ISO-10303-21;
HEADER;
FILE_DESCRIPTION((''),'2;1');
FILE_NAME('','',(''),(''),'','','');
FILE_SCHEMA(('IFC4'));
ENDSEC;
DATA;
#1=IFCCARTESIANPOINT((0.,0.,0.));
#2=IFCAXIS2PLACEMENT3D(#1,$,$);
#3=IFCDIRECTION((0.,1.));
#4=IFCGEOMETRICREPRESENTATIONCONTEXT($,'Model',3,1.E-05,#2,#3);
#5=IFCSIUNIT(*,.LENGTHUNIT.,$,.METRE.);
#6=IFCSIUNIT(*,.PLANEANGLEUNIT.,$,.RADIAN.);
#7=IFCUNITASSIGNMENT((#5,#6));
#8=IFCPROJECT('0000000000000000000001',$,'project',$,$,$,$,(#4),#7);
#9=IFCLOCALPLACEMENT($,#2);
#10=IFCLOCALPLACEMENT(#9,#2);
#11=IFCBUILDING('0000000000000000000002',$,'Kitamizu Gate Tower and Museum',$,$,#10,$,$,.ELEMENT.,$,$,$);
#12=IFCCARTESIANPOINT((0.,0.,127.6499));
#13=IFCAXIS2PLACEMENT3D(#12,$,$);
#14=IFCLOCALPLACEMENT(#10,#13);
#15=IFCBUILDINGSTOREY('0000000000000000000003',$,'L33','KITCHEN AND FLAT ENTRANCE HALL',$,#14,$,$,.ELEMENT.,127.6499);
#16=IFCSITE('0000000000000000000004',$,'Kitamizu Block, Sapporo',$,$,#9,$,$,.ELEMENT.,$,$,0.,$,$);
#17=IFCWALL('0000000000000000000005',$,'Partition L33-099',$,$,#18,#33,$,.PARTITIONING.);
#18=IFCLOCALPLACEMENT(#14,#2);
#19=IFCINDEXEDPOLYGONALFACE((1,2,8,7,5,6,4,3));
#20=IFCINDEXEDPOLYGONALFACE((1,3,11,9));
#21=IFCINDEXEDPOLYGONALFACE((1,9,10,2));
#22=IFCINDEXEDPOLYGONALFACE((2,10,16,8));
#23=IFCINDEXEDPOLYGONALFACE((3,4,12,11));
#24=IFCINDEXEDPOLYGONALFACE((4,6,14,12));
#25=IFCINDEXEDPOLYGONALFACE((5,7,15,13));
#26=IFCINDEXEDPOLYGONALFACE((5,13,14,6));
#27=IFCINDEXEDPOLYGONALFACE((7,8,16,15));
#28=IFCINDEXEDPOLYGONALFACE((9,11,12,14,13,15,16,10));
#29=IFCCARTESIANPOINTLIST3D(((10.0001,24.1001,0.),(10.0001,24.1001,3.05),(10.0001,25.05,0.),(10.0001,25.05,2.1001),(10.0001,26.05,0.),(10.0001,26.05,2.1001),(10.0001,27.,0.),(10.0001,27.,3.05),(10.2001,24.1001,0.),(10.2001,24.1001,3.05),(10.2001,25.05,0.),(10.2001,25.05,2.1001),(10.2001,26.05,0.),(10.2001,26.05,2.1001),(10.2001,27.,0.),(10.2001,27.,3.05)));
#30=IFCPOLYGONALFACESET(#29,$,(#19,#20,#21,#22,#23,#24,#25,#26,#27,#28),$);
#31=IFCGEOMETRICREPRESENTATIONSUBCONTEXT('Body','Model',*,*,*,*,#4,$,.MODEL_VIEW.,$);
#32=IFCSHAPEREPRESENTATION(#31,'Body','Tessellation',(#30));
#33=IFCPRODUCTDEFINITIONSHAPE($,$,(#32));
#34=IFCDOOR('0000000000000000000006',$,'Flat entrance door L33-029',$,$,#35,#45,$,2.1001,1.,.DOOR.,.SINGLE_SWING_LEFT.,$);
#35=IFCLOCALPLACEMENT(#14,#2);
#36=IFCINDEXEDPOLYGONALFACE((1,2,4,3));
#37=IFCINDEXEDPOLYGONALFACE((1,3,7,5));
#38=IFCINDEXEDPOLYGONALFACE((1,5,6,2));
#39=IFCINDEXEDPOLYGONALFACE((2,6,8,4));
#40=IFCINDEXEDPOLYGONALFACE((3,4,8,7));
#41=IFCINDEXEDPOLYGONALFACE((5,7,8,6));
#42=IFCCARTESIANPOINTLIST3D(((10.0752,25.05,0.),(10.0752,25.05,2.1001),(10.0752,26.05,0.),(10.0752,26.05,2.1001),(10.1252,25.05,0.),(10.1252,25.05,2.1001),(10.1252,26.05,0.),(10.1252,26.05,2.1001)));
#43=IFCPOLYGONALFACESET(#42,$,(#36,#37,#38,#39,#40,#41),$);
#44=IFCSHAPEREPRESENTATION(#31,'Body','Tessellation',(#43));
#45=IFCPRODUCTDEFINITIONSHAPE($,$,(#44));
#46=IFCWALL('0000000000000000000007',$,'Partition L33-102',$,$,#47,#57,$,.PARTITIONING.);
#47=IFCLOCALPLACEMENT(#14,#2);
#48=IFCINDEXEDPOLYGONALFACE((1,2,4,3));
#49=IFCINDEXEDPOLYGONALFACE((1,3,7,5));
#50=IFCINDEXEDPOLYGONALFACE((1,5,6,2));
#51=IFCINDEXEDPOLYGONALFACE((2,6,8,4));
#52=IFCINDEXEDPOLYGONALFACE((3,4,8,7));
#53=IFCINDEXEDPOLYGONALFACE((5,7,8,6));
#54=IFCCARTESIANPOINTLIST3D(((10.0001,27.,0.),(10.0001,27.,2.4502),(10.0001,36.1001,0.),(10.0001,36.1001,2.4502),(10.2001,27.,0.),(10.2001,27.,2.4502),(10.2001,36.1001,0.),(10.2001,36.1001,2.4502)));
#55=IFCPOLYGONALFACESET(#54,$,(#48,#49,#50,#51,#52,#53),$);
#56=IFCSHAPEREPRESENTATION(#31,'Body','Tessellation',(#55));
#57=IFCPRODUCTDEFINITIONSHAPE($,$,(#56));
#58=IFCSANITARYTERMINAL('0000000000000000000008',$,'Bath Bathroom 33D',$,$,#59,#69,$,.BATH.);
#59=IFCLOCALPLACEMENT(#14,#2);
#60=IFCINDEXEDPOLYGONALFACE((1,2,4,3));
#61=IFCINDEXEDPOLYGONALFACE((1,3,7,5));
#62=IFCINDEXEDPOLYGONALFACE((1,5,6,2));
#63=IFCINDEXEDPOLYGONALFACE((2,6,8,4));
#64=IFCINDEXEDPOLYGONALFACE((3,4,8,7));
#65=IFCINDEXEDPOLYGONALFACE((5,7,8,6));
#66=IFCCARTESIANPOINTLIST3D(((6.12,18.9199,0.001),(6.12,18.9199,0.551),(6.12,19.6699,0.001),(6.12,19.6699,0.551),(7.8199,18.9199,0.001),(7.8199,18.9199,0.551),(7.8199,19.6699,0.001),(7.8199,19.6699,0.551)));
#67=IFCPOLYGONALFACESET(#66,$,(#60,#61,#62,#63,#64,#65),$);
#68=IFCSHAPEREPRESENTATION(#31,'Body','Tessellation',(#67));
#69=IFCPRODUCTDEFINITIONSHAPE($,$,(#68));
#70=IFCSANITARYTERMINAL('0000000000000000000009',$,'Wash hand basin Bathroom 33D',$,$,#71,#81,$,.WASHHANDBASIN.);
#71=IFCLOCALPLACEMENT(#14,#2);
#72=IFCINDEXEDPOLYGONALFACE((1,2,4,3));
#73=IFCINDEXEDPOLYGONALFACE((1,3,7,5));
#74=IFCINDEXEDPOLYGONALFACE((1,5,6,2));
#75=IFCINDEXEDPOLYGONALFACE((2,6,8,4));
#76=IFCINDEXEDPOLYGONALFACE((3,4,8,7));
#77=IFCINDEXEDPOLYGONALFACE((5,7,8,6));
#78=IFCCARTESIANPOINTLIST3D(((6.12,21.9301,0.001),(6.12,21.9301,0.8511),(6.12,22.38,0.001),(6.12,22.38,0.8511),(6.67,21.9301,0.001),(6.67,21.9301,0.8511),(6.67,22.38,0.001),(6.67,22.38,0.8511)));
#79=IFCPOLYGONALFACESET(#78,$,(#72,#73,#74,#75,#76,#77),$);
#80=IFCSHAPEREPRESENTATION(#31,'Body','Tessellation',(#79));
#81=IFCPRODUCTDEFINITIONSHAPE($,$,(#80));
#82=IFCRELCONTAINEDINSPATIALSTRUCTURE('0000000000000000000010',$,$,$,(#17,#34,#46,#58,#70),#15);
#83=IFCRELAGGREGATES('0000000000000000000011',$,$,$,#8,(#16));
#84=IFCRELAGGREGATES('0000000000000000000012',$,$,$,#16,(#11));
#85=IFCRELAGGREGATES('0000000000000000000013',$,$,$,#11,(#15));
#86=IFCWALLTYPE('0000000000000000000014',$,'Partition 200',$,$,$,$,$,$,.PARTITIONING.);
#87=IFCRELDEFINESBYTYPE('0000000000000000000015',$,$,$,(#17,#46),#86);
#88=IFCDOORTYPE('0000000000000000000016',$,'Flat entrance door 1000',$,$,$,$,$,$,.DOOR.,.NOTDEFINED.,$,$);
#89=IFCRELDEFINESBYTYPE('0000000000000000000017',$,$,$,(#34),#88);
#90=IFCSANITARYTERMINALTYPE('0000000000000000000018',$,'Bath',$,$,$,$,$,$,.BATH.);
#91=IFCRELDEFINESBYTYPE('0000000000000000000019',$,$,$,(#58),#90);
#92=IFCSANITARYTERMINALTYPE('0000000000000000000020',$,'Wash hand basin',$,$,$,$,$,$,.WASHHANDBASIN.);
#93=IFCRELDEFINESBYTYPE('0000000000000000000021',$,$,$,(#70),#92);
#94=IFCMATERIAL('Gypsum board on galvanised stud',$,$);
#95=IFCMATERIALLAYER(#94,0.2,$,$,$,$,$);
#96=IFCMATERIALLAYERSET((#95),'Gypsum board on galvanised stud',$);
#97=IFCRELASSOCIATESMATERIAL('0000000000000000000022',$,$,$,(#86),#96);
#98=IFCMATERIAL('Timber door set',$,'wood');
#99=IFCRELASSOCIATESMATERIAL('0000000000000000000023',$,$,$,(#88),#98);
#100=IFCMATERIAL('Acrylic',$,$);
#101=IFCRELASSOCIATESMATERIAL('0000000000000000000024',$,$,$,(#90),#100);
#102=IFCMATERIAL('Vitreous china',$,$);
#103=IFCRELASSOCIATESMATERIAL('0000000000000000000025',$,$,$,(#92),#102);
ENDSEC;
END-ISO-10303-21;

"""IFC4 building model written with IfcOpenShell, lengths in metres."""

from ifc_helpers import new_model, si_unit, direction, frame, frame_2d, origin, origin_2d, place, context, subcontext, project, spatial, rectangle, extrude, material, layer, layer_set, type_object, element, fill, save


model = new_model("IFC4")

# Units and contexts
model_context = context("Model", 3, precision=1e-05, world=origin(), true_north=direction((0.0, 1.0)))
body_context = subcontext(model_context, "Body", "Model", "MODEL_VIEW")
ifc_project = project(units=[si_unit("LENGTHUNIT", "METRE"), si_unit("PLANEANGLEUNIT", "RADIAN")], contexts=[model_context])

# Site, building, storey
site_placement = place(None, origin())
site = spatial("IfcSite", under=ifc_project, at=site_placement, Name="Kitamizu Block, Sapporo", CompositionType="ELEMENT", RefElevation=0.0)
building_placement = place(site_placement, origin())
building = spatial("IfcBuilding", under=site, at=building_placement, Name="Kitamizu Gate Tower and Museum", CompositionType="ELEMENT")
storey_placement = place(building_placement, frame((0.0, 0.0, 127.6499)))
storey = spatial("IfcBuildingStorey", under=building, at=storey_placement, Name="L33", Description="KITCHEN AND FLAT ENTRANCE HALL", CompositionType="ELEMENT", Elevation=127.6499)

# Shared definitions
ifc_material_1 = material(Name="Gypsum board on galvanised stud")
ifc_layer_1 = layer(ifc_material_1, 0.2)
ifc_layer_set_1 = layer_set([ifc_layer_1], Name="Gypsum board on galvanised stud")
wall_type_1 = type_object("IfcWallType", Name="Partition 200", PredefinedType="PARTITIONING", material=ifc_layer_set_1)

# Wall, opening, door
wall_1_placement = place(storey_placement, frame((10.1001, 24.1001, 0.0), z_axis=(0.0, 0.0, 1.0), x_axis=(0.0, 1.0, 0.0)))
wall_1 = element("IfcWall", 1, at=wall_1_placement, inside=storey, type_object=wall_type_1, Name="Partition L33-099", PredefinedType="PARTITIONING", context=body_context, shape_type="SweptSolid", body=[
    extrude(rectangle(XDim=2.8999, YDim=0.2, at=frame_2d((1.45, 0.0))), origin(), (0.0, 0.0, 1.0), 3.05),
])
opening_1_placement = place(wall_1_placement, frame((0.95, 0.0, 0.0)))
opening_1 = element("IfcOpeningElement", 2, at=opening_1_placement, cuts=wall_1, PredefinedType="OPENING", context=body_context, shape_type="SweptSolid", body=[
    extrude(rectangle(XDim=1.0, YDim=2.1001, at=frame_2d((0.5, 1.05))), frame((0.0, 0.1099, 0.0), z_axis=(0.0, -1.0, 0.0), x_axis=(1.0, 0.0, 0.0)), (0.0, 0.0, 1.0), 0.22),
])
ifc_material_2 = material(Name="Timber door set", Category="wood")
door_type_1 = type_object("IfcDoorType", Name="Flat entrance door 1000", OperationType="NOTDEFINED", PredefinedType="DOOR", material=ifc_material_2)
door_1_placement = place(opening_1_placement, origin())
door_1 = element("IfcDoor", 3, at=door_1_placement, inside=storey, type_object=door_type_1, Name="Flat entrance door L33-029", OperationType="SINGLE_SWING_LEFT", OverallHeight=2.1001, OverallWidth=1.0, PredefinedType="DOOR", context=body_context, shape_type="SweptSolid", body=[
    extrude(rectangle(XDim=1.0, YDim=2.1001, at=frame_2d((0.5, 1.05))), frame((0.0, 0.0249, 0.0), z_axis=(0.0, -1.0, 0.0), x_axis=(1.0, 0.0, 0.0)), (0.0, 0.0, 1.0), 0.05),
])
fill(opening_1, door_1)

# Wall
wall_2_placement = place(storey_placement, frame((10.1001, 27.0, 0.0), z_axis=(0.0, 0.0, 1.0), x_axis=(0.0, 1.0, 0.0)))
element("IfcWall", 4, at=wall_2_placement, inside=storey, type_object=wall_type_1, Name="Partition L33-102", PredefinedType="PARTITIONING", context=body_context, shape_type="SweptSolid", body=[
    extrude(rectangle(XDim=9.1001, YDim=0.2, at=frame_2d((4.55, 0.0))), origin(), (0.0, 0.0, 1.0), 2.4502),
])

# Sanitary terminals
ifc_material_3 = material(Name="Acrylic")
sanitary_terminal_type_1 = type_object("IfcSanitaryTerminalType", Name="Bath", PredefinedType="BATH", material=ifc_material_3)
sanitary_terminal_1_placement = place(storey_placement, frame((6.97, 19.2949, 0.001), z_axis=(0.0, 0.0, 1.0), x_axis=(1.0, 0.0, 0.0)))
element("IfcSanitaryTerminal", 5, at=sanitary_terminal_1_placement, inside=storey, type_object=sanitary_terminal_type_1, Name="Bath Bathroom 33D", PredefinedType="BATH", context=body_context, shape_type="SweptSolid", body=[
    extrude(rectangle(XDim=1.7, YDim=0.75, at=origin_2d()), origin(), (0.0, 0.0, 1.0), 0.55),
])
ifc_material_4 = material(Name="Vitreous china")
sanitary_terminal_type_2 = type_object("IfcSanitaryTerminalType", Name="Wash hand basin", PredefinedType="WASHHANDBASIN", material=ifc_material_4)
sanitary_terminal_2_placement = place(storey_placement, frame((6.395, 22.155, 0.001), z_axis=(0.0, 0.0, 1.0), x_axis=(1.0, 0.0, 0.0)))
element("IfcSanitaryTerminal", 6, at=sanitary_terminal_2_placement, inside=storey, type_object=sanitary_terminal_type_2, Name="Wash hand basin Bathroom 33D", PredefinedType="WASHHANDBASIN", context=body_context, shape_type="SweptSolid", body=[
    extrude(rectangle(XDim=0.55, YDim=0.45, at=origin_2d()), origin(), (0.0, 0.0, 1.0), 0.8501),
])

save(model, "model.ifc")
